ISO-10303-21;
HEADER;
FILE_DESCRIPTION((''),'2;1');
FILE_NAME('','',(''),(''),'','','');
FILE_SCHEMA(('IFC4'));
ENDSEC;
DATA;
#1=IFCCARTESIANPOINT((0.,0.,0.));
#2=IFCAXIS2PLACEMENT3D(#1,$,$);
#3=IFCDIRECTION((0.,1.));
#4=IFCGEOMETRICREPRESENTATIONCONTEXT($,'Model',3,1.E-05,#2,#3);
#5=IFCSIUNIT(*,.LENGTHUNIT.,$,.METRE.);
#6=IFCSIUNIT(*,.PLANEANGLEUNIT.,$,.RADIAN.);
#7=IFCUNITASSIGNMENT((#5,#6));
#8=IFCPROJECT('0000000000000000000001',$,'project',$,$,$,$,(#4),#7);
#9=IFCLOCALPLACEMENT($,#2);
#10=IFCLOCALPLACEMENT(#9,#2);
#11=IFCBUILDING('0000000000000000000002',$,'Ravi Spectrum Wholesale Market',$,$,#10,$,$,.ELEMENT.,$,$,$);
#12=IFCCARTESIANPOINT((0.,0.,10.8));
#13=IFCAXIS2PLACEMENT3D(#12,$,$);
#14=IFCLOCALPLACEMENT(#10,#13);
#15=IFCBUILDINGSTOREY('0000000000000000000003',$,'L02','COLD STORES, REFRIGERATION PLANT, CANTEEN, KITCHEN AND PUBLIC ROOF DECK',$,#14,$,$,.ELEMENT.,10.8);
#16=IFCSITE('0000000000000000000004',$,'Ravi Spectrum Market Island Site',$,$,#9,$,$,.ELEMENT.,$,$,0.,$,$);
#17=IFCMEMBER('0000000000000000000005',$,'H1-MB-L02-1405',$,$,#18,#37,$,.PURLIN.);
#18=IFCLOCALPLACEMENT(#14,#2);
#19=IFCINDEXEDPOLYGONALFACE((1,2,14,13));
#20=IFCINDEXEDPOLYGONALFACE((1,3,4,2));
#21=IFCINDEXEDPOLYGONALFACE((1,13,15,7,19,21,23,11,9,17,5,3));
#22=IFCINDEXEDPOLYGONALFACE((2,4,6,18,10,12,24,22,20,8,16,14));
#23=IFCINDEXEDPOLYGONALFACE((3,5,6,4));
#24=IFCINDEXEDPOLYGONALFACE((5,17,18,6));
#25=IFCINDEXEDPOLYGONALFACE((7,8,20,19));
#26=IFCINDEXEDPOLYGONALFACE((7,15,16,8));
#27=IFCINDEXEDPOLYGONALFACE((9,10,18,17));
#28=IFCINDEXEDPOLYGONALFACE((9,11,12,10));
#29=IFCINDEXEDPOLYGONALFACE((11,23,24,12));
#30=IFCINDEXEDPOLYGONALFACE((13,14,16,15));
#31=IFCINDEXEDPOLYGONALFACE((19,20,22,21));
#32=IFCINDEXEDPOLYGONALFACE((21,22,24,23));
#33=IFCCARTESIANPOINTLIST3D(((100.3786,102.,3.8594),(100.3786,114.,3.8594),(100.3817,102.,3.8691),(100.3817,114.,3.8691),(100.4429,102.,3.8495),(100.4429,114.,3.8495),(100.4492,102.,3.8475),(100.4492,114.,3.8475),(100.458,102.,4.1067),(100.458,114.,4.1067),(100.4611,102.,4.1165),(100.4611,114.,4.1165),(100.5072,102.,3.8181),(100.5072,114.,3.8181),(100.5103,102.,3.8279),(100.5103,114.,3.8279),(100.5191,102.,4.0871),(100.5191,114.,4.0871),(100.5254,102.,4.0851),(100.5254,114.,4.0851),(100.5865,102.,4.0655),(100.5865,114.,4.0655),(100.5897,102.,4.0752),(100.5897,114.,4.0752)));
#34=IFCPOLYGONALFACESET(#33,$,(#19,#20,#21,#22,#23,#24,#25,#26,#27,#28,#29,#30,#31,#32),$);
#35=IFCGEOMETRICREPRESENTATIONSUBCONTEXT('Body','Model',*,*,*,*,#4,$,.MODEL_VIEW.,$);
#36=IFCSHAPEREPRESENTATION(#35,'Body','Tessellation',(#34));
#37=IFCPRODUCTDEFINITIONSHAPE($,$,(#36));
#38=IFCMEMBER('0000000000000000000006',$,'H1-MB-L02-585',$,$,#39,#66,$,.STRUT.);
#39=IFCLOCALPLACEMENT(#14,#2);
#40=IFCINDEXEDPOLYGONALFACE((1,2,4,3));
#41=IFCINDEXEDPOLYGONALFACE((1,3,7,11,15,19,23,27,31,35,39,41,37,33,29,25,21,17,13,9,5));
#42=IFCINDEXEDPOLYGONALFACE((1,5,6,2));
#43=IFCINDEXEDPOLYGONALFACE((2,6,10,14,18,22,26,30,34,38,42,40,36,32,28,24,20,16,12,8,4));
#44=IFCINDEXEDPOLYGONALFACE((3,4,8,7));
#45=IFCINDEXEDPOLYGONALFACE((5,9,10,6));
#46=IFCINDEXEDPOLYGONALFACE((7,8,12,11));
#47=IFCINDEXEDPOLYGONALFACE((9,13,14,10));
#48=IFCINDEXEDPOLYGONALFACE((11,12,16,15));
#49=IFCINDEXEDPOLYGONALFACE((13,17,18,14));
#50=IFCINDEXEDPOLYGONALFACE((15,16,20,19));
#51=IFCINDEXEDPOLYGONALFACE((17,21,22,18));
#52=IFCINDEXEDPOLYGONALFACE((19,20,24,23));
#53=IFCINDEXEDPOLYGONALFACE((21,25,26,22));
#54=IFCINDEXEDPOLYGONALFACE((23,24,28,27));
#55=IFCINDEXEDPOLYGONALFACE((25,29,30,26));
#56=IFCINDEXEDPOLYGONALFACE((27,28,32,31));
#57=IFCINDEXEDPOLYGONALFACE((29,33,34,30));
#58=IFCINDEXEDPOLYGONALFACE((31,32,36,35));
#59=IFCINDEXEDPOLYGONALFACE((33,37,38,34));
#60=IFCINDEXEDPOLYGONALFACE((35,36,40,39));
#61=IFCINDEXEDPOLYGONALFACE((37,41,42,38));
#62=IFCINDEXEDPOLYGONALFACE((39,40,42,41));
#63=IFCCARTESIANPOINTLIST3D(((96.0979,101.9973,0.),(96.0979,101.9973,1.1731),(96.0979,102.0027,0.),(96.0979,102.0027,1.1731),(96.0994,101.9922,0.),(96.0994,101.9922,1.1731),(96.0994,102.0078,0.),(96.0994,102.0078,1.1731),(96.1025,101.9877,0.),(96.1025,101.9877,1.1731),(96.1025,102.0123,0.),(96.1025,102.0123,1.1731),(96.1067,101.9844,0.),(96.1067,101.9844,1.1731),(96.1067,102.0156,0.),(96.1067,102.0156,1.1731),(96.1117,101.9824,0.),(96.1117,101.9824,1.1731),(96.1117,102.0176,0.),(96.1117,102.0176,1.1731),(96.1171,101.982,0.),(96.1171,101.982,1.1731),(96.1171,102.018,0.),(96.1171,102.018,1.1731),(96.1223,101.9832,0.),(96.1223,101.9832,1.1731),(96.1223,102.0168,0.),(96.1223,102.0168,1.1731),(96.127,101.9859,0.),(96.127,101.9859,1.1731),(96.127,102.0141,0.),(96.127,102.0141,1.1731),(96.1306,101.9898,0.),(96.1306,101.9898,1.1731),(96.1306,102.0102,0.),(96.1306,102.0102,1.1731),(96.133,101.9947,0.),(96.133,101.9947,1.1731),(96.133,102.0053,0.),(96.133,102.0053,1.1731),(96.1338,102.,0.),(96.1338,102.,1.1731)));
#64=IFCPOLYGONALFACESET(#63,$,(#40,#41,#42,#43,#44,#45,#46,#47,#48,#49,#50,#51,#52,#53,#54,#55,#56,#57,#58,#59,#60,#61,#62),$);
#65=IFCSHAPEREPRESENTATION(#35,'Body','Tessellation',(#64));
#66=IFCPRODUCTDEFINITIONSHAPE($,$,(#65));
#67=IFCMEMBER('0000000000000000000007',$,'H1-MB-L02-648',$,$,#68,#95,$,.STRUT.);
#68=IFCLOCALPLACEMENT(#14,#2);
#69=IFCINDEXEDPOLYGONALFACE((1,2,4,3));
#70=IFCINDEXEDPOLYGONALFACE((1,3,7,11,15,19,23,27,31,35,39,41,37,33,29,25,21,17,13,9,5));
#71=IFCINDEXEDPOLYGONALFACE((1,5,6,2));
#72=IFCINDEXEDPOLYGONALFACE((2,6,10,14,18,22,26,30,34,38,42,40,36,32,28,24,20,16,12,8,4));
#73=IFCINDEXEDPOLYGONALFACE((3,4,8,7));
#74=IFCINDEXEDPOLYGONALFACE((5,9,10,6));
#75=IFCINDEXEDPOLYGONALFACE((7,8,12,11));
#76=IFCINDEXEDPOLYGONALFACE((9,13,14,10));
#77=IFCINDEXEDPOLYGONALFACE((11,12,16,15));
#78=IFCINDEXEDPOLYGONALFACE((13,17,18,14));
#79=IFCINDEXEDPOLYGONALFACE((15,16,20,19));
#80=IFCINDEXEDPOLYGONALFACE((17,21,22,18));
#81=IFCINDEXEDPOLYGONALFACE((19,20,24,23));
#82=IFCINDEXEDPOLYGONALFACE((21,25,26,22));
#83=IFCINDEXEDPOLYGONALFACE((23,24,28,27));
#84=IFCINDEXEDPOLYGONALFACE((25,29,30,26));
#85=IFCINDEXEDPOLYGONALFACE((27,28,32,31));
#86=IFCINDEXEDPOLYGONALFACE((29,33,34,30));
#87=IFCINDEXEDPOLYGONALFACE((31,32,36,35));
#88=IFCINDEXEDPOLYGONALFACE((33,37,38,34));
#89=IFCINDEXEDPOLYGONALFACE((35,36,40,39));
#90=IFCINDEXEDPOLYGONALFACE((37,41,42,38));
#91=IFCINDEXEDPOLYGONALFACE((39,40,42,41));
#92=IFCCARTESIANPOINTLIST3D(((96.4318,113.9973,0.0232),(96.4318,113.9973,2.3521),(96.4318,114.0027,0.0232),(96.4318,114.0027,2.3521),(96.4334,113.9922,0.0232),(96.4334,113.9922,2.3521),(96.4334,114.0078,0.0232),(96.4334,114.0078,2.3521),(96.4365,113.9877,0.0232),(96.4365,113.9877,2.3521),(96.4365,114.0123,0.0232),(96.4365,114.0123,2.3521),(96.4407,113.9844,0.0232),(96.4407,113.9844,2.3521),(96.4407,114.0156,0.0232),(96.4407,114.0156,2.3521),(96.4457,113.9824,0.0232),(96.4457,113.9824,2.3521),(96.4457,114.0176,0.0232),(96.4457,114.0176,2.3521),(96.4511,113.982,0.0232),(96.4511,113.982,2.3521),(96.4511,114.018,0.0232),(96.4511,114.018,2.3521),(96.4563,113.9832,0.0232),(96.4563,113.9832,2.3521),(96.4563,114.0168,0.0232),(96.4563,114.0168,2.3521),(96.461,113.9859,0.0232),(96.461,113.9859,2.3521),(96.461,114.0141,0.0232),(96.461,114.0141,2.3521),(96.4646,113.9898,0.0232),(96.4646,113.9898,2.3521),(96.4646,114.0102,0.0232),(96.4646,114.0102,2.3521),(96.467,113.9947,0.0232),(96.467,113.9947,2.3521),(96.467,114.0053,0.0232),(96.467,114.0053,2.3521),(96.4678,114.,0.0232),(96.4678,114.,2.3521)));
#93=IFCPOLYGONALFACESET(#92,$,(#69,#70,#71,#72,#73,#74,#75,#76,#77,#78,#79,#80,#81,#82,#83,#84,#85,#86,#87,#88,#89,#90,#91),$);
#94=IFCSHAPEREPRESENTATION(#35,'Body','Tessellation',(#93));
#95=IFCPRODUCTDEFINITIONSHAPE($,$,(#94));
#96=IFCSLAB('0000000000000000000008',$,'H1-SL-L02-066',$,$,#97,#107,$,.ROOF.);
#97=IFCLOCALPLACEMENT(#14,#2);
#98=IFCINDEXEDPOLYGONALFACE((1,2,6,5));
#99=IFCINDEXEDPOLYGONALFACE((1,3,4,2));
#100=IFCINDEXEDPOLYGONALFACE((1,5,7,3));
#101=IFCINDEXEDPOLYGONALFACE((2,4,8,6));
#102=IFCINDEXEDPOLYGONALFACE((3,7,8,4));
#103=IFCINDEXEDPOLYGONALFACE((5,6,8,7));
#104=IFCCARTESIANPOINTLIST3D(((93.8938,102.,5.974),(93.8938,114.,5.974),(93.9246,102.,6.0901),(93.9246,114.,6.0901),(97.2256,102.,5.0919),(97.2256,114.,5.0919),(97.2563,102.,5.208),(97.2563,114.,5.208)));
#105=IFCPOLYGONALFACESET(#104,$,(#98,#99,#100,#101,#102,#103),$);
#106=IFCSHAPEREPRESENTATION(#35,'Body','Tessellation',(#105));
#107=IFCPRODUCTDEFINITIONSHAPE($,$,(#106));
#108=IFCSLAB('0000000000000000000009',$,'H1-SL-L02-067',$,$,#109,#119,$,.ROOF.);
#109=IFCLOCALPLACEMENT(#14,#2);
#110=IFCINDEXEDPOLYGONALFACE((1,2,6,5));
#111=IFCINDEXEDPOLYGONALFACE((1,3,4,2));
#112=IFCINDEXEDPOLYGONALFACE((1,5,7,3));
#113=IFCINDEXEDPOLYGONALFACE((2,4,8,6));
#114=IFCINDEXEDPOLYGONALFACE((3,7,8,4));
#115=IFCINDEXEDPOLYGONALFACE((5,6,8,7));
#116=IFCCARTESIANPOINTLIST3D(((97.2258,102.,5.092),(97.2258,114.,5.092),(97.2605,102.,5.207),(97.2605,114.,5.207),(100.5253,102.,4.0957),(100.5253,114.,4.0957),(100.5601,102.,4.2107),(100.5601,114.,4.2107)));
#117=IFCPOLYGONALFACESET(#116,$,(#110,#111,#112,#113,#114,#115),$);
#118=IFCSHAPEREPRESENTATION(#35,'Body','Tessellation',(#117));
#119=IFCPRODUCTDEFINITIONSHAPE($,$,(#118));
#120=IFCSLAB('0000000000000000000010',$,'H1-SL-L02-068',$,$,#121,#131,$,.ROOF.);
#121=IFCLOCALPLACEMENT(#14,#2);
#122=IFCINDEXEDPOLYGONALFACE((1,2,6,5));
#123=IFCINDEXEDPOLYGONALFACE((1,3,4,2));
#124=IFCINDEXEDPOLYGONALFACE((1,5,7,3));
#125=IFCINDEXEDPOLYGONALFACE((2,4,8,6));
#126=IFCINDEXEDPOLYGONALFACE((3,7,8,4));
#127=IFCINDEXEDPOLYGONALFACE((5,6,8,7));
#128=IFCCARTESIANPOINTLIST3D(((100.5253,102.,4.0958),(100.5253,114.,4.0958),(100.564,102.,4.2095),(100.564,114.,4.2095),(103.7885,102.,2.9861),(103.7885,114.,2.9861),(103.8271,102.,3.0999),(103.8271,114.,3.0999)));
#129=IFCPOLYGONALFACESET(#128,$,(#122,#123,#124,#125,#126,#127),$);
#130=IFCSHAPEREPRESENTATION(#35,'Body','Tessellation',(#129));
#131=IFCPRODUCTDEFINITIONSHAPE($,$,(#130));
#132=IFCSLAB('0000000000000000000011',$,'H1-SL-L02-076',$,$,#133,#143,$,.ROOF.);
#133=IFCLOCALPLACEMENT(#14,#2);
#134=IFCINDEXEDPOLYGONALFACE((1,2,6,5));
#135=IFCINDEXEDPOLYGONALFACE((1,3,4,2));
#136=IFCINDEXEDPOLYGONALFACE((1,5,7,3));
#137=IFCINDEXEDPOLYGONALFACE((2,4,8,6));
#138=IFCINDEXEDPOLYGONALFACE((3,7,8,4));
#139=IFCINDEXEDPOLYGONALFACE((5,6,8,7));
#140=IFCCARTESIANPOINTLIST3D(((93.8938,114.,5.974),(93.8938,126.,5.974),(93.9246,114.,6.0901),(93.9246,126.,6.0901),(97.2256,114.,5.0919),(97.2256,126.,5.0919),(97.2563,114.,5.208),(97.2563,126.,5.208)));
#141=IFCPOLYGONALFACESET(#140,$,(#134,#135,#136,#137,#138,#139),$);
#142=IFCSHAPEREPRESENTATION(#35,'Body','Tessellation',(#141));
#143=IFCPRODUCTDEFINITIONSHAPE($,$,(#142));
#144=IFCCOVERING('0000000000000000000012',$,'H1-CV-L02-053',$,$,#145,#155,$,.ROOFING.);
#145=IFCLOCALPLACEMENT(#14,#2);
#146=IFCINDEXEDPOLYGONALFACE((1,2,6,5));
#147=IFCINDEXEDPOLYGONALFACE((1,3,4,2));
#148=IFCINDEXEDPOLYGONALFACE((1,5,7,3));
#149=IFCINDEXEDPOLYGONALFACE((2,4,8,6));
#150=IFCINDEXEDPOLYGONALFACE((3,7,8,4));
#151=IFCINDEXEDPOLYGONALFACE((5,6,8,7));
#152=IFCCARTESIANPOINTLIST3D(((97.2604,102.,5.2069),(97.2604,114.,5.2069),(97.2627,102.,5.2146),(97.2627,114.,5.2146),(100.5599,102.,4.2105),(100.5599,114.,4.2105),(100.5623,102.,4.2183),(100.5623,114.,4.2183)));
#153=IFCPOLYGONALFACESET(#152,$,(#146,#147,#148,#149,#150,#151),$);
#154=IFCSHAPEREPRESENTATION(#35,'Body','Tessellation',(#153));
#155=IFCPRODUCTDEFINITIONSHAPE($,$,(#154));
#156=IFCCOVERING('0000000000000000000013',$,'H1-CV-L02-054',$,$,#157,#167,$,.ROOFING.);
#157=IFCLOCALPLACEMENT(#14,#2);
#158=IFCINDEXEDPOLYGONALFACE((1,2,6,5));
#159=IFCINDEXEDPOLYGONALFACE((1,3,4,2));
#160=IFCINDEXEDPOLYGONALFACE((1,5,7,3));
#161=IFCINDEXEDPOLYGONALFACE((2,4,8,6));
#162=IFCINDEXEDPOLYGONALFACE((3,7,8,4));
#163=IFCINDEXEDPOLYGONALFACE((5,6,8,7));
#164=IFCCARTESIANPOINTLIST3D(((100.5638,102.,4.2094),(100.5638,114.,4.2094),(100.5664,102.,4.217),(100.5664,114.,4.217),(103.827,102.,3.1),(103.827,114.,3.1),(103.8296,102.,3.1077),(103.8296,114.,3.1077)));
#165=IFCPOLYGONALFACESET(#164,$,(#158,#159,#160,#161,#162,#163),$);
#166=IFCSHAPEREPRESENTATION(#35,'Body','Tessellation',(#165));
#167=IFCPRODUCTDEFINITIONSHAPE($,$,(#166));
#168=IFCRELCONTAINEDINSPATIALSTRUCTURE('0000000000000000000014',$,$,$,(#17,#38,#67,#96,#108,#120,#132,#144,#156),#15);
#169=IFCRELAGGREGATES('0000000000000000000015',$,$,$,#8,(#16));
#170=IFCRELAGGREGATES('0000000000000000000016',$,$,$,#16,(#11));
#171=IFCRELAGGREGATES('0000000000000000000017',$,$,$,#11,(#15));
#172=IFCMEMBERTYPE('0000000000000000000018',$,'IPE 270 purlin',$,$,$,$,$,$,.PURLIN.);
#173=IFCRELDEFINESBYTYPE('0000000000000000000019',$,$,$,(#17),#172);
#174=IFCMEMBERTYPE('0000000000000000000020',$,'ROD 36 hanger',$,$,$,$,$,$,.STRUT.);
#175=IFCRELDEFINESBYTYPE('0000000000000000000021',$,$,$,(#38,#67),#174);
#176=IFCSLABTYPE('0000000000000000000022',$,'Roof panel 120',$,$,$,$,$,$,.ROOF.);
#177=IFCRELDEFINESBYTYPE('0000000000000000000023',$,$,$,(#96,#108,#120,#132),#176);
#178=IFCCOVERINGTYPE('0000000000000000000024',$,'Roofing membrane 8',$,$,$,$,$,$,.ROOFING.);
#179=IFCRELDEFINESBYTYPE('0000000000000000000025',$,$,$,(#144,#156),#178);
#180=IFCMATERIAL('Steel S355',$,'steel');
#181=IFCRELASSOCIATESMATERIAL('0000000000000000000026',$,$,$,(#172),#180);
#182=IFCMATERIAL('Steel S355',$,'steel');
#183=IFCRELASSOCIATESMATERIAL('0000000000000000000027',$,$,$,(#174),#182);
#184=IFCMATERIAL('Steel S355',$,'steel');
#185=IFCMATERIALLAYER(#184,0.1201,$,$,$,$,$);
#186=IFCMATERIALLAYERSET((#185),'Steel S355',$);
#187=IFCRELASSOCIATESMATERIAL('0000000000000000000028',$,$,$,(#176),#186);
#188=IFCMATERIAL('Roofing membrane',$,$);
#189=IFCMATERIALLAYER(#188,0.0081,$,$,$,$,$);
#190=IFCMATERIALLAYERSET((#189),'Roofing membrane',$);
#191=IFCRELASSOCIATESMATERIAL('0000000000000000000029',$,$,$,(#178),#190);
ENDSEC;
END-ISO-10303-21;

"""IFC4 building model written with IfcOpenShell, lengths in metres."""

from ifc_helpers import new_model, si_unit, direction, frame, origin, origin_2d, place, context, subcontext, project, spatial, polyline, circle, i_section, outline, extrude, material, layer, layer_set, material_profile, profile_set, type_object, element, save


model = new_model("IFC4")

# Units and contexts
model_context = context("Model", 3, precision=1e-05, world=origin(), true_north=direction((0.0, 1.0)))
body_context = subcontext(model_context, "Body", "Model", "MODEL_VIEW")
ifc_project = project(units=[si_unit("LENGTHUNIT", "METRE"), si_unit("PLANEANGLEUNIT", "RADIAN")], contexts=[model_context])

# Site, building, storey
site_placement = place(None, origin())
site = spatial("IfcSite", under=ifc_project, at=site_placement, Name="Ravi Spectrum Market Island Site", CompositionType="ELEMENT", RefElevation=0.0)
building_placement = place(site_placement, origin())
building = spatial("IfcBuilding", under=site, at=building_placement, Name="Ravi Spectrum Wholesale Market", CompositionType="ELEMENT")
storey_placement = place(building_placement, frame((0.0, 0.0, 10.8)))
storey = spatial("IfcBuildingStorey", under=building, at=storey_placement, Name="L02", Description="COLD STORES, REFRIGERATION PLANT, CANTEEN, KITCHEN AND PUBLIC ROOF DECK", CompositionType="ELEMENT", Elevation=10.8)

# Members
ifc_material_1 = material(Name="Steel S355", Category="steel")
ifc_material_profile_1 = material_profile(ifc_material_1, i_section(OverallWidth=0.135, OverallDepth=0.27, WebThickness=0.0066, FlangeThickness=0.0103, at=origin_2d()))
ifc_profile_set_1 = profile_set([ifc_material_profile_1], Name="Steel S355")
member_type_1 = type_object("IfcMemberType", Name="IPE 270 purlin", PredefinedType="PURLIN", material=ifc_profile_set_1)
for number, where, z_axis, x_axis, name in (
    (1, (100.4841, 102.0, 3.9673), (0.0, 1.0, 0.0), (-0.952184, 0.0, 0.305524), "H1-MB-L02-1405"),
):
    element("IfcMember", number, at=place(storey_placement, frame(where, z_axis=z_axis, x_axis=x_axis)), inside=storey, type_object=member_type_1, Name=name, PredefinedType="PURLIN", context=body_context, shape_type="SweptSolid", body=[
        extrude(i_section(OverallWidth=0.135, OverallDepth=0.27, WebThickness=0.0066, FlangeThickness=0.0103, at=origin_2d()), origin(), (0.0, 0.0, 1.0), 12.0),
    ])
ifc_material_2 = material(Name="Steel S355", Category="steel")
ifc_material_profile_2 = material_profile(ifc_material_2, circle(Radius=0.0181, at=origin_2d()))
ifc_profile_set_2 = profile_set([ifc_material_profile_2], Name="Steel S355")
member_type_2 = type_object("IfcMemberType", Name="ROD 36 hanger", PredefinedType="STRUT", material=ifc_profile_set_2)
member_1_placement = place(storey_placement, frame((96.1157, 102.0, 0.0), z_axis=(0.0, 0.0, 1.0), x_axis=(1.0, 0.0, 0.0)))
element("IfcMember", 2, at=member_1_placement, inside=storey, type_object=member_type_2, Name="H1-MB-L02-585", PredefinedType="STRUT", context=body_context, shape_type="SweptSolid", body=[
    extrude(circle(Radius=0.0181, at=origin_2d()), origin(), (0.0, 0.0, 1.0), 1.1731),
])
member_2_placement = place(storey_placement, frame((96.4497, 114.0, 0.0232), z_axis=(0.0, 0.0, 1.0), x_axis=(1.0, 0.0, 0.0)))
element("IfcMember", 3, at=member_2_placement, inside=storey, type_object=member_type_2, Name="H1-MB-L02-648", PredefinedType="STRUT", context=body_context, shape_type="SweptSolid", body=[
    extrude(circle(Radius=0.0181, at=origin_2d()), origin(), (0.0, 0.0, 1.0), 2.3289),
])

# Slabs
ifc_material_3 = material(Name="Steel S355", Category="steel")
ifc_layer_1 = layer(ifc_material_3, 0.1201)
ifc_layer_set_1 = layer_set([ifc_layer_1], Name="Steel S355")
slab_type = type_object("IfcSlabType", Name="Roof panel 120", PredefinedType="ROOF", material=ifc_layer_set_1)
slab_1_placement = place(storey_placement, frame((93.9246, 102.0, 6.0901), z_axis=(0.25593, 0.0, 0.966695), x_axis=(0.966695, 0.0, -0.25593)))
element("IfcSlab", 4, at=slab_1_placement, inside=storey, type_object=slab_type, Name="H1-SL-L02-066", PredefinedType="ROOF", context=body_context, shape_type="SweptSolid", body=[
    extrude(outline(polyline([(0.0, 0.0), (3.4466, 0.0), (3.4466, 12.0), (0.0, 12.0), (0.0, 0.0)])), origin(), (0.0, 0.0, -1.0), 0.1201),
])
slab_2_placement = place(storey_placement, frame((97.2605, 102.0, 5.207), z_axis=(0.28907, 0.0, 0.957308), x_axis=(0.957308, 0.0, -0.28907)))
element("IfcSlab", 5, at=slab_2_placement, inside=storey, type_object=slab_type, Name="H1-SL-L02-067", PredefinedType="ROOF", context=body_context, shape_type="SweptSolid", body=[
    extrude(outline(polyline([(0.0, 0.0), (3.4467, 0.0), (3.4467, 12.0), (0.0, 12.0), (0.0, 0.0)])), origin(), (0.0, 0.0, -1.0), 0.1201),
])
slab_3_placement = place(storey_placement, frame((100.564, 102.0, 4.2095), z_axis=(0.321938, 0.0, 0.946761), x_axis=(0.946761, 0.0, -0.321938)))
element("IfcSlab", 6, at=slab_3_placement, inside=storey, type_object=slab_type, Name="H1-SL-L02-068", PredefinedType="ROOF", context=body_context, shape_type="SweptSolid", body=[
    extrude(outline(polyline([(0.0, 0.0), (3.4467, 0.0), (3.4467, 12.0), (0.0, 12.0), (0.0, 0.0)])), origin(), (0.0, 0.0, -1.0), 0.1201),
])
slab_4_placement = place(storey_placement, frame((93.9246, 114.0, 6.0901), z_axis=(0.25593, 0.0, 0.966695), x_axis=(0.966695, 0.0, -0.25593)))
element("IfcSlab", 7, at=slab_4_placement, inside=storey, type_object=slab_type, Name="H1-SL-L02-076", PredefinedType="ROOF", context=body_context, shape_type="SweptSolid", body=[
    extrude(outline(polyline([(0.0, 0.0), (3.4466, 0.0), (3.4466, 12.0), (0.0, 12.0), (0.0, 0.0)])), origin(), (0.0, 0.0, -1.0), 0.1201),
])

# Coverings
ifc_material_4 = material(Name="Roofing membrane")
ifc_layer_2 = layer(ifc_material_4, 0.0081)
ifc_layer_set_2 = layer_set([ifc_layer_2], Name="Roofing membrane")
covering_type = type_object("IfcCoveringType", Name="Roofing membrane 8", PredefinedType="ROOFING", material=ifc_layer_set_2)
covering_1_placement = place(storey_placement, frame((97.2627, 102.0, 5.2146), z_axis=(0.28907, 0.0, 0.957308), x_axis=(0.957308, 0.0, -0.28907)))
element("IfcCovering", 8, at=covering_1_placement, inside=storey, type_object=covering_type, Name="H1-CV-L02-053", PredefinedType="ROOFING", context=body_context, shape_type="SweptSolid", body=[
    extrude(outline(polyline([(0.0, 0.0), (3.4467, 0.0), (3.4467, 12.0), (0.0, 12.0), (0.0, 0.0)])), origin(), (0.0, 0.0, -1.0), 0.0081),
])
covering_2_placement = place(storey_placement, frame((100.5664, 102.0, 4.217), z_axis=(0.321875, 0.0, 0.946782), x_axis=(0.946782, 0.0, -0.321875)))
element("IfcCovering", 9, at=covering_2_placement, inside=storey, type_object=covering_type, Name="H1-CV-L02-054", PredefinedType="ROOFING", context=body_context, shape_type="SweptSolid", body=[
    extrude(outline(polyline([(0.0, 0.0), (3.4466, 0.0), (3.4466, 12.0), (0.0, 12.0), (0.0, 0.0)])), origin(), (0.0, 0.0, -1.0), 0.0081),
])

save(model, "model.ifc")
